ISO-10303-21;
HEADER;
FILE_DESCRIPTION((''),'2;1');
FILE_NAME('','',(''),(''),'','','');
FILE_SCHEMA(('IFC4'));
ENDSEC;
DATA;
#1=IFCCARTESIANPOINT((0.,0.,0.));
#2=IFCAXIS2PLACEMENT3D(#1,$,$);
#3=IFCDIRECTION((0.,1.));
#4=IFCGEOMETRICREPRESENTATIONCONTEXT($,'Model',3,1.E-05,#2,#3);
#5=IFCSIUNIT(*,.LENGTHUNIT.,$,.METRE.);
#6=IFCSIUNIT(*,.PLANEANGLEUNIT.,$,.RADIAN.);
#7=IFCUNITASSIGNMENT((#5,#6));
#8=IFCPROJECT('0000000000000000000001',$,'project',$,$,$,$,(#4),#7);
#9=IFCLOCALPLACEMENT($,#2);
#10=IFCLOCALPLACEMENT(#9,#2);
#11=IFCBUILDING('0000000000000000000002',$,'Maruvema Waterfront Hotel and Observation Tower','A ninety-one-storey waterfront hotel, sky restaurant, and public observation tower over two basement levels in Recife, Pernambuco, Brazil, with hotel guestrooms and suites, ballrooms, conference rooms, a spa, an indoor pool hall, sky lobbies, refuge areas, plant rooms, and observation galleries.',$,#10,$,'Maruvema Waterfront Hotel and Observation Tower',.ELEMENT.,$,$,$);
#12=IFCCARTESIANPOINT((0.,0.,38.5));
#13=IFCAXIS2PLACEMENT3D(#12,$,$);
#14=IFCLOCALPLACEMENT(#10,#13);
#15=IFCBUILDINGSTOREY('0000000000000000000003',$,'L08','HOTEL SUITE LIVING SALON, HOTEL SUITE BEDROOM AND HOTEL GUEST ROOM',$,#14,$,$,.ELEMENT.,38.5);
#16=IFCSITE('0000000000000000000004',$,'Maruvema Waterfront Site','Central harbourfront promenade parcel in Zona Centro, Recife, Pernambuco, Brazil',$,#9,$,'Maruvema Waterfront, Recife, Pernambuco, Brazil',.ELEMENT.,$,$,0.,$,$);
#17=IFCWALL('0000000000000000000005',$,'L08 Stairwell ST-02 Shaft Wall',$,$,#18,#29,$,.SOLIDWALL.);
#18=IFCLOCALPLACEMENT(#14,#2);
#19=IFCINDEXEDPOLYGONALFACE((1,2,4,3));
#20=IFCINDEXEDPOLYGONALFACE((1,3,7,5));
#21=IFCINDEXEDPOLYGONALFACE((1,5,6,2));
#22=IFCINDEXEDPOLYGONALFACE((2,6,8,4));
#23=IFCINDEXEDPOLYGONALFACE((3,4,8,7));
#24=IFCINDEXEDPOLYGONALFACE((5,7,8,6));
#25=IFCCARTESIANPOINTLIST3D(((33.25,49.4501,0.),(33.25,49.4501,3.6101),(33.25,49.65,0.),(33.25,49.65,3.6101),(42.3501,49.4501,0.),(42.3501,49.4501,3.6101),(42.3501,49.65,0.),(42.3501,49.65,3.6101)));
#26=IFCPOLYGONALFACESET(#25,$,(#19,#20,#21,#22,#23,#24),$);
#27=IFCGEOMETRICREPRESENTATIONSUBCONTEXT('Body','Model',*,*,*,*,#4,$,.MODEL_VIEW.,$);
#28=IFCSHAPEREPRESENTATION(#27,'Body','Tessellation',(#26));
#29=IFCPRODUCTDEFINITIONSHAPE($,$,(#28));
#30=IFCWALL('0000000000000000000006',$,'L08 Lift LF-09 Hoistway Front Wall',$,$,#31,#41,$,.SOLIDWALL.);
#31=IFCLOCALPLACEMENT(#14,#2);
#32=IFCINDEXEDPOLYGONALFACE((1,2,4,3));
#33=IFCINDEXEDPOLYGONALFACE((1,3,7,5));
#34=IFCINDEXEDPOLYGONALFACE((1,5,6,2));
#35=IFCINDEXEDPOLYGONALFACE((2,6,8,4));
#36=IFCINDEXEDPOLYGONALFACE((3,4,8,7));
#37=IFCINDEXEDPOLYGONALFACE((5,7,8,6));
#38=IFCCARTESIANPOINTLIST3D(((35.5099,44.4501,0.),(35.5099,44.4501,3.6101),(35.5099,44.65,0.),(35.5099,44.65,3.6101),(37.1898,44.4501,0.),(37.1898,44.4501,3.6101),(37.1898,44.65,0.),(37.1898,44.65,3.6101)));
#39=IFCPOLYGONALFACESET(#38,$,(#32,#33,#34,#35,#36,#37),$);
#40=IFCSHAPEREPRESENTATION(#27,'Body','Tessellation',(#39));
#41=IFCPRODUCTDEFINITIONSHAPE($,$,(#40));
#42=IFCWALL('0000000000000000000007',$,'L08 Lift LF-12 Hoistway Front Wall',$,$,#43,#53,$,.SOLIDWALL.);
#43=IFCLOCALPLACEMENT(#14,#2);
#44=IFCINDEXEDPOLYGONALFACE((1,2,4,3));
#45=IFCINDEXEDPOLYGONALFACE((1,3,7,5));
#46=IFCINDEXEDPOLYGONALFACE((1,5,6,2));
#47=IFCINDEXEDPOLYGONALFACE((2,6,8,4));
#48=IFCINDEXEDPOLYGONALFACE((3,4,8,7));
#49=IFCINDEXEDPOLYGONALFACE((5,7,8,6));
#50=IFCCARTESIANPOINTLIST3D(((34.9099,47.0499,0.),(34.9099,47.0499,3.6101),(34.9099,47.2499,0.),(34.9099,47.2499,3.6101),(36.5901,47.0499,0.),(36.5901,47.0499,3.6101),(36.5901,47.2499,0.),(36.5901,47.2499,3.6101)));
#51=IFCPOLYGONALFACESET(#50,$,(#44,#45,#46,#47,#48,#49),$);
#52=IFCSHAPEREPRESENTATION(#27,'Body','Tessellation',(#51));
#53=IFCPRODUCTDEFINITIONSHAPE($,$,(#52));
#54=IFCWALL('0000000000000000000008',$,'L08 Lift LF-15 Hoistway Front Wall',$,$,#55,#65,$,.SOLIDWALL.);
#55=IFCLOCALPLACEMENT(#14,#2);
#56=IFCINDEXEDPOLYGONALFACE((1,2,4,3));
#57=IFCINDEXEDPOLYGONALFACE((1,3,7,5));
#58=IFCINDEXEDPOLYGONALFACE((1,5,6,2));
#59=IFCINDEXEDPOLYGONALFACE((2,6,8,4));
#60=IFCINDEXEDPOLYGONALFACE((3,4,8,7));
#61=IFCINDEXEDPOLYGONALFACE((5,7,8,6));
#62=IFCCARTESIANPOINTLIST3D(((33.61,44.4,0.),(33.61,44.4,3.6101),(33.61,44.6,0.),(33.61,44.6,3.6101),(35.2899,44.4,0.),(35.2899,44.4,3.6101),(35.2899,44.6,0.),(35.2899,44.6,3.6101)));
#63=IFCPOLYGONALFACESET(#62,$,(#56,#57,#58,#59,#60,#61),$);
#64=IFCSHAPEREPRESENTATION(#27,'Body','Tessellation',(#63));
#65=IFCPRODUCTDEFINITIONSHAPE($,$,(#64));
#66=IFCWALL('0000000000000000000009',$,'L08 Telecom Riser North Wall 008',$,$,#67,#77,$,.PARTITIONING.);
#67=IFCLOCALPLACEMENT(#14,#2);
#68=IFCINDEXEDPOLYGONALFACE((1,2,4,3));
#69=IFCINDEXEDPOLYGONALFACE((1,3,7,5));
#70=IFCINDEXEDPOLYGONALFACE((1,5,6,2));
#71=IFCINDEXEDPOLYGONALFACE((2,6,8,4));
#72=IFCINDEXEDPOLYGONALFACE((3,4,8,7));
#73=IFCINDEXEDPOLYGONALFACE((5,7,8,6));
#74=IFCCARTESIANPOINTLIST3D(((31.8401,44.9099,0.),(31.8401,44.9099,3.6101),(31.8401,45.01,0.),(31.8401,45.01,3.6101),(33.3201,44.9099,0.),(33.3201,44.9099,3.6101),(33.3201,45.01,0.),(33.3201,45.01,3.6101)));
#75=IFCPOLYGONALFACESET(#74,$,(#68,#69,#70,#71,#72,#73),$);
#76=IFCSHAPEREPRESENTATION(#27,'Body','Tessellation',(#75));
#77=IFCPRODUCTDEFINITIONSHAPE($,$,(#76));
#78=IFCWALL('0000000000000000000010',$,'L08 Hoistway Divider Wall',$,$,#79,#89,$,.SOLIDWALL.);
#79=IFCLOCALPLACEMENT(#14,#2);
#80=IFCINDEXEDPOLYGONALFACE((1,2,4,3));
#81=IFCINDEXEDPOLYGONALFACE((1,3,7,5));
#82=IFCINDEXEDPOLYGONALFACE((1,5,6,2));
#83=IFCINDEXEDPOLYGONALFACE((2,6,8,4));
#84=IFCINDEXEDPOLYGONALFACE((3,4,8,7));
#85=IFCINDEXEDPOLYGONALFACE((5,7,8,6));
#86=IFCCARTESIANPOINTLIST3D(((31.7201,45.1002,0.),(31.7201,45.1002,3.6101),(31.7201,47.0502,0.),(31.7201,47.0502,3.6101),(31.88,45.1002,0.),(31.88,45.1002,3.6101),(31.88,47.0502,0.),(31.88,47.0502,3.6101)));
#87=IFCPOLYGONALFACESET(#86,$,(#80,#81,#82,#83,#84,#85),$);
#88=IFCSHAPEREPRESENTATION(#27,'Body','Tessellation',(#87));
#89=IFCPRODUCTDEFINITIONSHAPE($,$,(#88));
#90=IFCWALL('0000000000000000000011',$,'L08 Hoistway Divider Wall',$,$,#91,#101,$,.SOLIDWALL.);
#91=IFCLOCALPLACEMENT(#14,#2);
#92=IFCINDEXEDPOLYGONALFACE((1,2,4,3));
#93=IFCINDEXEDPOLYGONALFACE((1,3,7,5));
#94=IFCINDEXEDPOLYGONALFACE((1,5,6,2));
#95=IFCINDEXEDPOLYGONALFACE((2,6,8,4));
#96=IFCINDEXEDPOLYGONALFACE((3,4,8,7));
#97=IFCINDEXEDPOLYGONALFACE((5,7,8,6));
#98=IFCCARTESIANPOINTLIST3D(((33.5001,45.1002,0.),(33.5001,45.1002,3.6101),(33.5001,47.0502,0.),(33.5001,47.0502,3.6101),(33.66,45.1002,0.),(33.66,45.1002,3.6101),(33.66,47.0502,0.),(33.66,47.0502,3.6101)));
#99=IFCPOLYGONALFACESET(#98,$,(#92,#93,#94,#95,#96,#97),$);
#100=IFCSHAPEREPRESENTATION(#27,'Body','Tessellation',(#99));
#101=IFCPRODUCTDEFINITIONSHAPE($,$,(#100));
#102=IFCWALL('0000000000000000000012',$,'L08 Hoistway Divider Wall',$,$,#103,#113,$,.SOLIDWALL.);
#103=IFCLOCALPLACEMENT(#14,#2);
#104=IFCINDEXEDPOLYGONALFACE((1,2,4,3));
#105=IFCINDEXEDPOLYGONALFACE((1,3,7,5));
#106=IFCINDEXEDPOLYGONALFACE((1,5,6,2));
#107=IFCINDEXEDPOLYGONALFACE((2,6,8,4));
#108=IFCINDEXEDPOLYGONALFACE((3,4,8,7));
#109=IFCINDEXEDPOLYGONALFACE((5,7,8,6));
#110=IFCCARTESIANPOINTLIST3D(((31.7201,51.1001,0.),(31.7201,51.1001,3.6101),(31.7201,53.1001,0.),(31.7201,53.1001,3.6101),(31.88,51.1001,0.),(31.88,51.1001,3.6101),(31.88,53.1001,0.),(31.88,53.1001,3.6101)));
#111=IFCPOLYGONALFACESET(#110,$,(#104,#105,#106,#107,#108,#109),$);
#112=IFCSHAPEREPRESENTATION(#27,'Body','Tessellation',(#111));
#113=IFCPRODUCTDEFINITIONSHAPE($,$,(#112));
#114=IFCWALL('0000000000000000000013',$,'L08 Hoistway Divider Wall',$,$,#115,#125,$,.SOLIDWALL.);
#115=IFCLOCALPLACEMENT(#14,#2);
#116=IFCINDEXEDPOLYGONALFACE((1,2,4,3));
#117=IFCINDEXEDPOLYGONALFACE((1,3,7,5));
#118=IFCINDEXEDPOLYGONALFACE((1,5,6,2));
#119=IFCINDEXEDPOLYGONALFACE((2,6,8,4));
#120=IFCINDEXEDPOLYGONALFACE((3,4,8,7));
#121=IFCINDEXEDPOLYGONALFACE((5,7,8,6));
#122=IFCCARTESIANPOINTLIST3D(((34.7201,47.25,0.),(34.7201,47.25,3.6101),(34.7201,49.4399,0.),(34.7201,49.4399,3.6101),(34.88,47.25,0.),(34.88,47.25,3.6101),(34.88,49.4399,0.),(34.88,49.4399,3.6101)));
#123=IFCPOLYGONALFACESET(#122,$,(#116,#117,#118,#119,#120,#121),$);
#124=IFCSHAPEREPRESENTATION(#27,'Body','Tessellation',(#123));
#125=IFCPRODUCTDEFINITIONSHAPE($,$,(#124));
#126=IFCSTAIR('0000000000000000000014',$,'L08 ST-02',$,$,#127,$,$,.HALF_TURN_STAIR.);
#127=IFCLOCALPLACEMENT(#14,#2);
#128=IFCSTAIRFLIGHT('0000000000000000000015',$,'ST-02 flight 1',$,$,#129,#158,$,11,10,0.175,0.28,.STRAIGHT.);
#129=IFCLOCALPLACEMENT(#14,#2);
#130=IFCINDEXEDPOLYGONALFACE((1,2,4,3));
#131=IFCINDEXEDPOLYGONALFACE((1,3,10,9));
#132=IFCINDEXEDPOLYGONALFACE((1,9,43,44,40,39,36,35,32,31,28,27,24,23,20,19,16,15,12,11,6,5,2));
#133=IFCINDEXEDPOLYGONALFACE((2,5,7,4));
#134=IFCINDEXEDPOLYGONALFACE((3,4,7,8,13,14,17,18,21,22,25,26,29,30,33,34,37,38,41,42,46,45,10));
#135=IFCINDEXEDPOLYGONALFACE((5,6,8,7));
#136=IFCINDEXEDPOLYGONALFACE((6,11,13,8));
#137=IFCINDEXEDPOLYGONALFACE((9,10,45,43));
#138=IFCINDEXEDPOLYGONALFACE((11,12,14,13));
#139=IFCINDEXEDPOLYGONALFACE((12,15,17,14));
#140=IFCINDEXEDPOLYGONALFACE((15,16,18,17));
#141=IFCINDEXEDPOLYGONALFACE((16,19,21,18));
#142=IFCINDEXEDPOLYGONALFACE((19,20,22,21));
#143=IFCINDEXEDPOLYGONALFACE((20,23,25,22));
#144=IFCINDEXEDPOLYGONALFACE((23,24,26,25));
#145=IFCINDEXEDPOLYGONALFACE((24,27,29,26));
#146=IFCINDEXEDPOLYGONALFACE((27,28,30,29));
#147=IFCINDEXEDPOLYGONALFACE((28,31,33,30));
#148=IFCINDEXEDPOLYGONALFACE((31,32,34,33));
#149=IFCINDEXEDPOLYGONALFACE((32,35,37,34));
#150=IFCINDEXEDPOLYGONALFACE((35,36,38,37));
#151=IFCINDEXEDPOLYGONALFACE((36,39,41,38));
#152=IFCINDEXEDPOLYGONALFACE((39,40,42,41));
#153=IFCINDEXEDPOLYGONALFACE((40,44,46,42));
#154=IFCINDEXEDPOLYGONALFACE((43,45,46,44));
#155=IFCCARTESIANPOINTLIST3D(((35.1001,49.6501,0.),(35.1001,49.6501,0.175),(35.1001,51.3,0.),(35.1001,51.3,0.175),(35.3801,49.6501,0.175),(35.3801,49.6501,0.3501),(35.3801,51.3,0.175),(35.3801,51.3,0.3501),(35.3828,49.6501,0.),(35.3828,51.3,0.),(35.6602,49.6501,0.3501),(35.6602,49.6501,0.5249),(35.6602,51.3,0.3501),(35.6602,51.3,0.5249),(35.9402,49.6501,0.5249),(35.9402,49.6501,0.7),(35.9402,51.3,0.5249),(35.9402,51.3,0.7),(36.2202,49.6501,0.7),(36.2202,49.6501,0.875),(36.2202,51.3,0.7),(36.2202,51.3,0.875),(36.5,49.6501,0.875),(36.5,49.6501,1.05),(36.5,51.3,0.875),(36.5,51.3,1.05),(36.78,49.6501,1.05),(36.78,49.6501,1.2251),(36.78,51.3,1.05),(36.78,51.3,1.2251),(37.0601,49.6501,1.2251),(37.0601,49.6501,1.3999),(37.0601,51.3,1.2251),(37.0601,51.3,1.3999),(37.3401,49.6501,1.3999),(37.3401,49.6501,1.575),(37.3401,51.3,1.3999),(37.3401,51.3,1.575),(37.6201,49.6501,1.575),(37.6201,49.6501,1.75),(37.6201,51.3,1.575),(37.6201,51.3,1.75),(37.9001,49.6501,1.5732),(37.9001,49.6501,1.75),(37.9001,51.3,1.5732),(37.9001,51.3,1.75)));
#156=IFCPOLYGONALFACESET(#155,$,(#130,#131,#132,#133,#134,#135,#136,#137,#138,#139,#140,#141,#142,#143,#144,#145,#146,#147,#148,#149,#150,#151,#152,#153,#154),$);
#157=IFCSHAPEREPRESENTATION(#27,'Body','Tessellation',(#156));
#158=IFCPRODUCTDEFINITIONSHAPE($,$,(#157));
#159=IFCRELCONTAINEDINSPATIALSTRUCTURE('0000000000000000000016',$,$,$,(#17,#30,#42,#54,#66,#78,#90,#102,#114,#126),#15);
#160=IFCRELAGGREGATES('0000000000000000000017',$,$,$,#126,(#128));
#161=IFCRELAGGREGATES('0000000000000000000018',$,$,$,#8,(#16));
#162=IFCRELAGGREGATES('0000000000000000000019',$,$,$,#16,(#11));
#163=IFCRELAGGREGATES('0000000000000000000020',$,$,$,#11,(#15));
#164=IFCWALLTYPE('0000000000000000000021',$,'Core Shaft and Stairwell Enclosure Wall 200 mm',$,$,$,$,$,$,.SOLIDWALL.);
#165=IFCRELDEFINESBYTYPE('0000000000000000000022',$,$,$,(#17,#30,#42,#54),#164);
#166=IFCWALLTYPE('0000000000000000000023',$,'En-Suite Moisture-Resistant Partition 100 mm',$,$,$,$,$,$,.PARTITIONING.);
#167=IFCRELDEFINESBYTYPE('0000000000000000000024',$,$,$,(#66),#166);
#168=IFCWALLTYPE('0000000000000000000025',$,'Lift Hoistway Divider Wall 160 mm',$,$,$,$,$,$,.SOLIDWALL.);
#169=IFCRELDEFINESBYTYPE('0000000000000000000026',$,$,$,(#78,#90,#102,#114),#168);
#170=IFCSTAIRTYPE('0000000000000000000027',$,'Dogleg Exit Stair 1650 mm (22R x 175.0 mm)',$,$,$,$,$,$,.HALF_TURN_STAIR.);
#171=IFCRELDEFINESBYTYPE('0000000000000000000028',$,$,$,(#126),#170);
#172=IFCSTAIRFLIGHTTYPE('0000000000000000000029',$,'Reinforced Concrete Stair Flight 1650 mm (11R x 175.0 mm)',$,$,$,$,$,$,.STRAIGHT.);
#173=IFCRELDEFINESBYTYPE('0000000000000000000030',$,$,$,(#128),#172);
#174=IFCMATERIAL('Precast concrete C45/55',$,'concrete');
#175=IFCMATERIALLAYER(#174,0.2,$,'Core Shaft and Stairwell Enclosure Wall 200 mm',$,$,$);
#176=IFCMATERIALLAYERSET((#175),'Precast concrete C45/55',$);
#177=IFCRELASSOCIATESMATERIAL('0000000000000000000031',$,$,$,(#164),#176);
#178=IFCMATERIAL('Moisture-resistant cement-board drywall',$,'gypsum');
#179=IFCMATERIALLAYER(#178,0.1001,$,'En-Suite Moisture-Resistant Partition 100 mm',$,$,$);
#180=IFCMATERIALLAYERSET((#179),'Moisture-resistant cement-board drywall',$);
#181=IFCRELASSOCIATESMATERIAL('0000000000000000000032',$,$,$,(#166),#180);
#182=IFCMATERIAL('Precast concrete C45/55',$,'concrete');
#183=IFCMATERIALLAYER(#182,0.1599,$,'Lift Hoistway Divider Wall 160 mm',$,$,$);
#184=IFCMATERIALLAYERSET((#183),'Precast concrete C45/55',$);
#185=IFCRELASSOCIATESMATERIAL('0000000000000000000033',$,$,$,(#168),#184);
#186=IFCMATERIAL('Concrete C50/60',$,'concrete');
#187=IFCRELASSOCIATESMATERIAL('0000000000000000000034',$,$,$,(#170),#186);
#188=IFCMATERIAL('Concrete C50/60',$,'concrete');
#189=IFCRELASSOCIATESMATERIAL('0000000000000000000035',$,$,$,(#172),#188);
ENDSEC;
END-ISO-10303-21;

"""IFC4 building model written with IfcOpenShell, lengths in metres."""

from ifc_helpers import new_model, si_unit, direction, frame, frame_2d, origin, place, context, subcontext, project, spatial, polyline, rectangle, outline, extrude, material, layer, layer_set, type_object, element, aggregate, save


model = new_model("IFC4")

# Units and contexts
model_context = context("Model", 3, precision=1e-05, world=origin(), true_north=direction((0.0, 1.0)))
body_context = subcontext(model_context, "Body", "Model", "MODEL_VIEW")
ifc_project = project(units=[si_unit("LENGTHUNIT", "METRE"), si_unit("PLANEANGLEUNIT", "RADIAN")], contexts=[model_context])

# Site, building, storey
site_placement = place(None, origin())
site = spatial("IfcSite", under=ifc_project, at=site_placement, Name="Maruvema Waterfront Site", Description="Central harbourfront promenade parcel in Zona Centro, Recife, Pernambuco, Brazil", LongName="Maruvema Waterfront, Recife, Pernambuco, Brazil", CompositionType="ELEMENT", RefElevation=0.0)
building_placement = place(site_placement, origin())
building = spatial("IfcBuilding", under=site, at=building_placement, Name="Maruvema Waterfront Hotel and Observation Tower", Description="A ninety-one-storey waterfront hotel, sky restaurant, and public observation tower over two basement levels in Recife, Pernambuco, Brazil, with hotel guestrooms and suites, ballrooms, conference rooms, a spa, an indoor pool hall, sky lobbies, refuge areas, plant rooms, and observation galleries.", LongName="Maruvema Waterfront Hotel and Observation Tower", CompositionType="ELEMENT")
storey_placement = place(building_placement, frame((0.0, 0.0, 38.5)))
storey = spatial("IfcBuildingStorey", under=building, at=storey_placement, Name="L08", Description="HOTEL SUITE LIVING SALON, HOTEL SUITE BEDROOM AND HOTEL GUEST ROOM", CompositionType="ELEMENT", Elevation=38.5)

# Wall
ifc_material_1 = material(Name="Precast concrete C45/55", Category="concrete")
ifc_layer_1 = layer(ifc_material_1, 0.2, Name="Core Shaft and Stairwell Enclosure Wall 200 mm")
ifc_layer_set_1 = layer_set([ifc_layer_1], Name="Precast concrete C45/55")
wall_type_1 = type_object("IfcWallType", Name="Core Shaft and Stairwell Enclosure Wall 200 mm", PredefinedType="SOLIDWALL", material=ifc_layer_set_1)
wall_1_placement = place(storey_placement, frame((33.25, 49.55, 0.0), z_axis=(0.0, 0.0, 1.0), x_axis=(1.0, 0.0, 0.0)))
element("IfcWall", 1, at=wall_1_placement, inside=storey, type_object=wall_type_1, Name="L08 Stairwell ST-02 Shaft Wall", PredefinedType="SOLIDWALL", context=body_context, shape_type="SweptSolid", body=[
    extrude(rectangle(XDim=9.1001, YDim=0.2, at=frame_2d((4.55, 0.0))), origin(), (0.0, 0.0, 1.0), 3.6101),
])

# Walls
wall_2_placement = place(storey_placement, frame((35.51, 44.55, 0.0), z_axis=(0.0, 0.0, 1.0), x_axis=(1.0, 0.0, 0.0)))
element("IfcWall", 2, at=wall_2_placement, inside=storey, type_object=wall_type_1, Name="L08 Lift LF-09 Hoistway Front Wall", PredefinedType="SOLIDWALL", context=body_context, shape_type="SweptSolid", body=[
    extrude(rectangle(XDim=1.6799, YDim=0.2, at=frame_2d((0.8398, 0.0))), origin(), (0.0, 0.0, 1.0), 3.6101),
])
wall_3_placement = place(storey_placement, frame((34.9099, 47.1499, 0.0), z_axis=(0.0, 0.0, 1.0), x_axis=(1.0, 0.0, 0.0)))
element("IfcWall", 3, at=wall_3_placement, inside=storey, type_object=wall_type_1, Name="L08 Lift LF-12 Hoistway Front Wall", PredefinedType="SOLIDWALL", context=body_context, shape_type="SweptSolid", body=[
    extrude(rectangle(XDim=1.6802, YDim=0.2, at=frame_2d((0.8401, 0.0))), origin(), (0.0, 0.0, 1.0), 3.6101),
])
wall_4_placement = place(storey_placement, frame((33.6101, 44.5, 0.0), z_axis=(0.0, 0.0, 1.0), x_axis=(1.0, 0.0, 0.0)))
element("IfcWall", 4, at=wall_4_placement, inside=storey, type_object=wall_type_1, Name="L08 Lift LF-15 Hoistway Front Wall", PredefinedType="SOLIDWALL", context=body_context, shape_type="SweptSolid", body=[
    extrude(rectangle(XDim=1.6799, YDim=0.2, at=frame_2d((0.8398, 0.0))), origin(), (0.0, 0.0, 1.0), 3.6101),
])
ifc_material_2 = material(Name="Moisture-resistant cement-board drywall", Category="gypsum")
ifc_layer_2 = layer(ifc_material_2, 0.1001, Name="En-Suite Moisture-Resistant Partition 100 mm")
ifc_layer_set_2 = layer_set([ifc_layer_2], Name="Moisture-resistant cement-board drywall")
wall_type_2 = type_object("IfcWallType", Name="En-Suite Moisture-Resistant Partition 100 mm", PredefinedType="PARTITIONING", material=ifc_layer_set_2)
wall_5_placement = place(storey_placement, frame((31.8401, 44.96, 0.0), z_axis=(0.0, 0.0, 1.0), x_axis=(1.0, 0.0, 0.0)))
element("IfcWall", 5, at=wall_5_placement, inside=storey, type_object=wall_type_2, Name="L08 Telecom Riser North Wall 008", PredefinedType="PARTITIONING", context=body_context, shape_type="SweptSolid", body=[
    extrude(rectangle(XDim=1.48, YDim=0.1001, at=frame_2d((0.74, 0.0))), origin(), (0.0, 0.0, 1.0), 3.6101),
])
ifc_material_3 = material(Name="Precast concrete C45/55", Category="concrete")
ifc_layer_3 = layer(ifc_material_3, 0.1599, Name="Lift Hoistway Divider Wall 160 mm")
ifc_layer_set_3 = layer_set([ifc_layer_3], Name="Precast concrete C45/55")
wall_type_3 = type_object("IfcWallType", Name="Lift Hoistway Divider Wall 160 mm", PredefinedType="SOLIDWALL", material=ifc_layer_set_3)
for number, where, z_axis, x_axis, name in (
    (6, (31.8, 45.1001, 0.0), (0.0, 0.0, 1.0), (0.0, 1.0, 0.0), "L08 Hoistway Divider Wall"),
    (7, (33.5801, 45.1001, 0.0), (0.0, 0.0, 1.0), (0.0, 1.0, 0.0), "L08 Hoistway Divider Wall"),
):
    element("IfcWall", number, at=place(storey_placement, frame(where, z_axis=z_axis, x_axis=x_axis)), inside=storey, type_object=wall_type_3, Name=name, PredefinedType="SOLIDWALL", context=body_context, shape_type="SweptSolid", body=[
        extrude(rectangle(XDim=1.95, YDim=0.1599, at=frame_2d((0.9751, 0.0))), origin(), (0.0, 0.0, 1.0), 3.6101),
    ])
wall_6_placement = place(storey_placement, frame((31.8, 51.1001, 0.0), z_axis=(0.0, 0.0, 1.0), x_axis=(0.0, 1.0, 0.0)))
element("IfcWall", 8, at=wall_6_placement, inside=storey, type_object=wall_type_3, Name="L08 Hoistway Divider Wall", PredefinedType="SOLIDWALL", context=body_context, shape_type="SweptSolid", body=[
    extrude(rectangle(XDim=2.0, YDim=0.1599, at=frame_2d((1.0, 0.0))), origin(), (0.0, 0.0, 1.0), 3.6101),
])
wall_7_placement = place(storey_placement, frame((34.8, 47.25, 0.0), z_axis=(0.0, 0.0, 1.0), x_axis=(0.0, 1.0, 0.0)))
element("IfcWall", 9, at=wall_7_placement, inside=storey, type_object=wall_type_3, Name="L08 Hoistway Divider Wall", PredefinedType="SOLIDWALL", context=body_context, shape_type="SweptSolid", body=[
    extrude(rectangle(XDim=2.1899, YDim=0.1599, at=frame_2d((1.095, 0.0))), origin(), (0.0, 0.0, 1.0), 3.6101),
])

# Stair, stair flight
ifc_material_4 = material(Name="Concrete C50/60", Category="concrete")
stair_type = type_object("IfcStairType", Name="Dogleg Exit Stair 1650 mm (22R x 175.0 mm)", PredefinedType="HALF_TURN_STAIR", material=ifc_material_4)
stair_placement = place(storey_placement, origin())
stair = element("IfcStair", 10, at=stair_placement, inside=storey, type_object=stair_type, Name="L08 ST-02", PredefinedType="HALF_TURN_STAIR")
ifc_material_5 = material(Name="Concrete C50/60", Category="concrete")
stair_flight_type = type_object("IfcStairFlightType", Name="Reinforced Concrete Stair Flight 1650 mm (11R x 175.0 mm)", PredefinedType="STRAIGHT", material=ifc_material_5)
stair_flight_placement = place(storey_placement, frame((35.1001, 50.4751, 0.0), z_axis=(0.0, 0.0, 1.0), x_axis=(1.0, 0.0, 0.0)))
stair_flight = element("IfcStairFlight", 11, at=stair_flight_placement, type_object=stair_flight_type, Name="ST-02 flight 1", NumberOfRisers=11, NumberOfTreads=10, PredefinedType="STRAIGHT", RiserHeight=0.175, TreadLength=0.28, context=body_context, shape_type="SweptSolid", body=[
    extrude(outline(polyline([(0.0, 0.0), (0.0, 0.175), (0.28, 0.175), (0.28, 0.3501), (0.5601, 0.3501), (0.5601, 0.5249), (0.8401, 0.5249), (0.8401, 0.7), (1.1201, 0.7), (1.1201, 0.875), (1.3999, 0.875), (1.3999, 1.05), (1.6799, 1.05), (1.6799, 1.2251), (1.96, 1.2251), (1.96, 1.3999), (2.24, 1.3999), (2.24, 1.575), (2.52, 1.575), (2.52, 1.75), (2.8, 1.75), (2.8, 1.925), (2.8, 1.5732), (0.2827, 0.0), (0.0, 0.0)])), frame((0.0, 0.825, 0.0), z_axis=(0.0, -1.0, 0.0), x_axis=(1.0, 0.0, 0.0)), (0.0, 0.0, 1.0), 1.6499),
])
aggregate(stair, [stair_flight])

save(model, "model.ifc")
